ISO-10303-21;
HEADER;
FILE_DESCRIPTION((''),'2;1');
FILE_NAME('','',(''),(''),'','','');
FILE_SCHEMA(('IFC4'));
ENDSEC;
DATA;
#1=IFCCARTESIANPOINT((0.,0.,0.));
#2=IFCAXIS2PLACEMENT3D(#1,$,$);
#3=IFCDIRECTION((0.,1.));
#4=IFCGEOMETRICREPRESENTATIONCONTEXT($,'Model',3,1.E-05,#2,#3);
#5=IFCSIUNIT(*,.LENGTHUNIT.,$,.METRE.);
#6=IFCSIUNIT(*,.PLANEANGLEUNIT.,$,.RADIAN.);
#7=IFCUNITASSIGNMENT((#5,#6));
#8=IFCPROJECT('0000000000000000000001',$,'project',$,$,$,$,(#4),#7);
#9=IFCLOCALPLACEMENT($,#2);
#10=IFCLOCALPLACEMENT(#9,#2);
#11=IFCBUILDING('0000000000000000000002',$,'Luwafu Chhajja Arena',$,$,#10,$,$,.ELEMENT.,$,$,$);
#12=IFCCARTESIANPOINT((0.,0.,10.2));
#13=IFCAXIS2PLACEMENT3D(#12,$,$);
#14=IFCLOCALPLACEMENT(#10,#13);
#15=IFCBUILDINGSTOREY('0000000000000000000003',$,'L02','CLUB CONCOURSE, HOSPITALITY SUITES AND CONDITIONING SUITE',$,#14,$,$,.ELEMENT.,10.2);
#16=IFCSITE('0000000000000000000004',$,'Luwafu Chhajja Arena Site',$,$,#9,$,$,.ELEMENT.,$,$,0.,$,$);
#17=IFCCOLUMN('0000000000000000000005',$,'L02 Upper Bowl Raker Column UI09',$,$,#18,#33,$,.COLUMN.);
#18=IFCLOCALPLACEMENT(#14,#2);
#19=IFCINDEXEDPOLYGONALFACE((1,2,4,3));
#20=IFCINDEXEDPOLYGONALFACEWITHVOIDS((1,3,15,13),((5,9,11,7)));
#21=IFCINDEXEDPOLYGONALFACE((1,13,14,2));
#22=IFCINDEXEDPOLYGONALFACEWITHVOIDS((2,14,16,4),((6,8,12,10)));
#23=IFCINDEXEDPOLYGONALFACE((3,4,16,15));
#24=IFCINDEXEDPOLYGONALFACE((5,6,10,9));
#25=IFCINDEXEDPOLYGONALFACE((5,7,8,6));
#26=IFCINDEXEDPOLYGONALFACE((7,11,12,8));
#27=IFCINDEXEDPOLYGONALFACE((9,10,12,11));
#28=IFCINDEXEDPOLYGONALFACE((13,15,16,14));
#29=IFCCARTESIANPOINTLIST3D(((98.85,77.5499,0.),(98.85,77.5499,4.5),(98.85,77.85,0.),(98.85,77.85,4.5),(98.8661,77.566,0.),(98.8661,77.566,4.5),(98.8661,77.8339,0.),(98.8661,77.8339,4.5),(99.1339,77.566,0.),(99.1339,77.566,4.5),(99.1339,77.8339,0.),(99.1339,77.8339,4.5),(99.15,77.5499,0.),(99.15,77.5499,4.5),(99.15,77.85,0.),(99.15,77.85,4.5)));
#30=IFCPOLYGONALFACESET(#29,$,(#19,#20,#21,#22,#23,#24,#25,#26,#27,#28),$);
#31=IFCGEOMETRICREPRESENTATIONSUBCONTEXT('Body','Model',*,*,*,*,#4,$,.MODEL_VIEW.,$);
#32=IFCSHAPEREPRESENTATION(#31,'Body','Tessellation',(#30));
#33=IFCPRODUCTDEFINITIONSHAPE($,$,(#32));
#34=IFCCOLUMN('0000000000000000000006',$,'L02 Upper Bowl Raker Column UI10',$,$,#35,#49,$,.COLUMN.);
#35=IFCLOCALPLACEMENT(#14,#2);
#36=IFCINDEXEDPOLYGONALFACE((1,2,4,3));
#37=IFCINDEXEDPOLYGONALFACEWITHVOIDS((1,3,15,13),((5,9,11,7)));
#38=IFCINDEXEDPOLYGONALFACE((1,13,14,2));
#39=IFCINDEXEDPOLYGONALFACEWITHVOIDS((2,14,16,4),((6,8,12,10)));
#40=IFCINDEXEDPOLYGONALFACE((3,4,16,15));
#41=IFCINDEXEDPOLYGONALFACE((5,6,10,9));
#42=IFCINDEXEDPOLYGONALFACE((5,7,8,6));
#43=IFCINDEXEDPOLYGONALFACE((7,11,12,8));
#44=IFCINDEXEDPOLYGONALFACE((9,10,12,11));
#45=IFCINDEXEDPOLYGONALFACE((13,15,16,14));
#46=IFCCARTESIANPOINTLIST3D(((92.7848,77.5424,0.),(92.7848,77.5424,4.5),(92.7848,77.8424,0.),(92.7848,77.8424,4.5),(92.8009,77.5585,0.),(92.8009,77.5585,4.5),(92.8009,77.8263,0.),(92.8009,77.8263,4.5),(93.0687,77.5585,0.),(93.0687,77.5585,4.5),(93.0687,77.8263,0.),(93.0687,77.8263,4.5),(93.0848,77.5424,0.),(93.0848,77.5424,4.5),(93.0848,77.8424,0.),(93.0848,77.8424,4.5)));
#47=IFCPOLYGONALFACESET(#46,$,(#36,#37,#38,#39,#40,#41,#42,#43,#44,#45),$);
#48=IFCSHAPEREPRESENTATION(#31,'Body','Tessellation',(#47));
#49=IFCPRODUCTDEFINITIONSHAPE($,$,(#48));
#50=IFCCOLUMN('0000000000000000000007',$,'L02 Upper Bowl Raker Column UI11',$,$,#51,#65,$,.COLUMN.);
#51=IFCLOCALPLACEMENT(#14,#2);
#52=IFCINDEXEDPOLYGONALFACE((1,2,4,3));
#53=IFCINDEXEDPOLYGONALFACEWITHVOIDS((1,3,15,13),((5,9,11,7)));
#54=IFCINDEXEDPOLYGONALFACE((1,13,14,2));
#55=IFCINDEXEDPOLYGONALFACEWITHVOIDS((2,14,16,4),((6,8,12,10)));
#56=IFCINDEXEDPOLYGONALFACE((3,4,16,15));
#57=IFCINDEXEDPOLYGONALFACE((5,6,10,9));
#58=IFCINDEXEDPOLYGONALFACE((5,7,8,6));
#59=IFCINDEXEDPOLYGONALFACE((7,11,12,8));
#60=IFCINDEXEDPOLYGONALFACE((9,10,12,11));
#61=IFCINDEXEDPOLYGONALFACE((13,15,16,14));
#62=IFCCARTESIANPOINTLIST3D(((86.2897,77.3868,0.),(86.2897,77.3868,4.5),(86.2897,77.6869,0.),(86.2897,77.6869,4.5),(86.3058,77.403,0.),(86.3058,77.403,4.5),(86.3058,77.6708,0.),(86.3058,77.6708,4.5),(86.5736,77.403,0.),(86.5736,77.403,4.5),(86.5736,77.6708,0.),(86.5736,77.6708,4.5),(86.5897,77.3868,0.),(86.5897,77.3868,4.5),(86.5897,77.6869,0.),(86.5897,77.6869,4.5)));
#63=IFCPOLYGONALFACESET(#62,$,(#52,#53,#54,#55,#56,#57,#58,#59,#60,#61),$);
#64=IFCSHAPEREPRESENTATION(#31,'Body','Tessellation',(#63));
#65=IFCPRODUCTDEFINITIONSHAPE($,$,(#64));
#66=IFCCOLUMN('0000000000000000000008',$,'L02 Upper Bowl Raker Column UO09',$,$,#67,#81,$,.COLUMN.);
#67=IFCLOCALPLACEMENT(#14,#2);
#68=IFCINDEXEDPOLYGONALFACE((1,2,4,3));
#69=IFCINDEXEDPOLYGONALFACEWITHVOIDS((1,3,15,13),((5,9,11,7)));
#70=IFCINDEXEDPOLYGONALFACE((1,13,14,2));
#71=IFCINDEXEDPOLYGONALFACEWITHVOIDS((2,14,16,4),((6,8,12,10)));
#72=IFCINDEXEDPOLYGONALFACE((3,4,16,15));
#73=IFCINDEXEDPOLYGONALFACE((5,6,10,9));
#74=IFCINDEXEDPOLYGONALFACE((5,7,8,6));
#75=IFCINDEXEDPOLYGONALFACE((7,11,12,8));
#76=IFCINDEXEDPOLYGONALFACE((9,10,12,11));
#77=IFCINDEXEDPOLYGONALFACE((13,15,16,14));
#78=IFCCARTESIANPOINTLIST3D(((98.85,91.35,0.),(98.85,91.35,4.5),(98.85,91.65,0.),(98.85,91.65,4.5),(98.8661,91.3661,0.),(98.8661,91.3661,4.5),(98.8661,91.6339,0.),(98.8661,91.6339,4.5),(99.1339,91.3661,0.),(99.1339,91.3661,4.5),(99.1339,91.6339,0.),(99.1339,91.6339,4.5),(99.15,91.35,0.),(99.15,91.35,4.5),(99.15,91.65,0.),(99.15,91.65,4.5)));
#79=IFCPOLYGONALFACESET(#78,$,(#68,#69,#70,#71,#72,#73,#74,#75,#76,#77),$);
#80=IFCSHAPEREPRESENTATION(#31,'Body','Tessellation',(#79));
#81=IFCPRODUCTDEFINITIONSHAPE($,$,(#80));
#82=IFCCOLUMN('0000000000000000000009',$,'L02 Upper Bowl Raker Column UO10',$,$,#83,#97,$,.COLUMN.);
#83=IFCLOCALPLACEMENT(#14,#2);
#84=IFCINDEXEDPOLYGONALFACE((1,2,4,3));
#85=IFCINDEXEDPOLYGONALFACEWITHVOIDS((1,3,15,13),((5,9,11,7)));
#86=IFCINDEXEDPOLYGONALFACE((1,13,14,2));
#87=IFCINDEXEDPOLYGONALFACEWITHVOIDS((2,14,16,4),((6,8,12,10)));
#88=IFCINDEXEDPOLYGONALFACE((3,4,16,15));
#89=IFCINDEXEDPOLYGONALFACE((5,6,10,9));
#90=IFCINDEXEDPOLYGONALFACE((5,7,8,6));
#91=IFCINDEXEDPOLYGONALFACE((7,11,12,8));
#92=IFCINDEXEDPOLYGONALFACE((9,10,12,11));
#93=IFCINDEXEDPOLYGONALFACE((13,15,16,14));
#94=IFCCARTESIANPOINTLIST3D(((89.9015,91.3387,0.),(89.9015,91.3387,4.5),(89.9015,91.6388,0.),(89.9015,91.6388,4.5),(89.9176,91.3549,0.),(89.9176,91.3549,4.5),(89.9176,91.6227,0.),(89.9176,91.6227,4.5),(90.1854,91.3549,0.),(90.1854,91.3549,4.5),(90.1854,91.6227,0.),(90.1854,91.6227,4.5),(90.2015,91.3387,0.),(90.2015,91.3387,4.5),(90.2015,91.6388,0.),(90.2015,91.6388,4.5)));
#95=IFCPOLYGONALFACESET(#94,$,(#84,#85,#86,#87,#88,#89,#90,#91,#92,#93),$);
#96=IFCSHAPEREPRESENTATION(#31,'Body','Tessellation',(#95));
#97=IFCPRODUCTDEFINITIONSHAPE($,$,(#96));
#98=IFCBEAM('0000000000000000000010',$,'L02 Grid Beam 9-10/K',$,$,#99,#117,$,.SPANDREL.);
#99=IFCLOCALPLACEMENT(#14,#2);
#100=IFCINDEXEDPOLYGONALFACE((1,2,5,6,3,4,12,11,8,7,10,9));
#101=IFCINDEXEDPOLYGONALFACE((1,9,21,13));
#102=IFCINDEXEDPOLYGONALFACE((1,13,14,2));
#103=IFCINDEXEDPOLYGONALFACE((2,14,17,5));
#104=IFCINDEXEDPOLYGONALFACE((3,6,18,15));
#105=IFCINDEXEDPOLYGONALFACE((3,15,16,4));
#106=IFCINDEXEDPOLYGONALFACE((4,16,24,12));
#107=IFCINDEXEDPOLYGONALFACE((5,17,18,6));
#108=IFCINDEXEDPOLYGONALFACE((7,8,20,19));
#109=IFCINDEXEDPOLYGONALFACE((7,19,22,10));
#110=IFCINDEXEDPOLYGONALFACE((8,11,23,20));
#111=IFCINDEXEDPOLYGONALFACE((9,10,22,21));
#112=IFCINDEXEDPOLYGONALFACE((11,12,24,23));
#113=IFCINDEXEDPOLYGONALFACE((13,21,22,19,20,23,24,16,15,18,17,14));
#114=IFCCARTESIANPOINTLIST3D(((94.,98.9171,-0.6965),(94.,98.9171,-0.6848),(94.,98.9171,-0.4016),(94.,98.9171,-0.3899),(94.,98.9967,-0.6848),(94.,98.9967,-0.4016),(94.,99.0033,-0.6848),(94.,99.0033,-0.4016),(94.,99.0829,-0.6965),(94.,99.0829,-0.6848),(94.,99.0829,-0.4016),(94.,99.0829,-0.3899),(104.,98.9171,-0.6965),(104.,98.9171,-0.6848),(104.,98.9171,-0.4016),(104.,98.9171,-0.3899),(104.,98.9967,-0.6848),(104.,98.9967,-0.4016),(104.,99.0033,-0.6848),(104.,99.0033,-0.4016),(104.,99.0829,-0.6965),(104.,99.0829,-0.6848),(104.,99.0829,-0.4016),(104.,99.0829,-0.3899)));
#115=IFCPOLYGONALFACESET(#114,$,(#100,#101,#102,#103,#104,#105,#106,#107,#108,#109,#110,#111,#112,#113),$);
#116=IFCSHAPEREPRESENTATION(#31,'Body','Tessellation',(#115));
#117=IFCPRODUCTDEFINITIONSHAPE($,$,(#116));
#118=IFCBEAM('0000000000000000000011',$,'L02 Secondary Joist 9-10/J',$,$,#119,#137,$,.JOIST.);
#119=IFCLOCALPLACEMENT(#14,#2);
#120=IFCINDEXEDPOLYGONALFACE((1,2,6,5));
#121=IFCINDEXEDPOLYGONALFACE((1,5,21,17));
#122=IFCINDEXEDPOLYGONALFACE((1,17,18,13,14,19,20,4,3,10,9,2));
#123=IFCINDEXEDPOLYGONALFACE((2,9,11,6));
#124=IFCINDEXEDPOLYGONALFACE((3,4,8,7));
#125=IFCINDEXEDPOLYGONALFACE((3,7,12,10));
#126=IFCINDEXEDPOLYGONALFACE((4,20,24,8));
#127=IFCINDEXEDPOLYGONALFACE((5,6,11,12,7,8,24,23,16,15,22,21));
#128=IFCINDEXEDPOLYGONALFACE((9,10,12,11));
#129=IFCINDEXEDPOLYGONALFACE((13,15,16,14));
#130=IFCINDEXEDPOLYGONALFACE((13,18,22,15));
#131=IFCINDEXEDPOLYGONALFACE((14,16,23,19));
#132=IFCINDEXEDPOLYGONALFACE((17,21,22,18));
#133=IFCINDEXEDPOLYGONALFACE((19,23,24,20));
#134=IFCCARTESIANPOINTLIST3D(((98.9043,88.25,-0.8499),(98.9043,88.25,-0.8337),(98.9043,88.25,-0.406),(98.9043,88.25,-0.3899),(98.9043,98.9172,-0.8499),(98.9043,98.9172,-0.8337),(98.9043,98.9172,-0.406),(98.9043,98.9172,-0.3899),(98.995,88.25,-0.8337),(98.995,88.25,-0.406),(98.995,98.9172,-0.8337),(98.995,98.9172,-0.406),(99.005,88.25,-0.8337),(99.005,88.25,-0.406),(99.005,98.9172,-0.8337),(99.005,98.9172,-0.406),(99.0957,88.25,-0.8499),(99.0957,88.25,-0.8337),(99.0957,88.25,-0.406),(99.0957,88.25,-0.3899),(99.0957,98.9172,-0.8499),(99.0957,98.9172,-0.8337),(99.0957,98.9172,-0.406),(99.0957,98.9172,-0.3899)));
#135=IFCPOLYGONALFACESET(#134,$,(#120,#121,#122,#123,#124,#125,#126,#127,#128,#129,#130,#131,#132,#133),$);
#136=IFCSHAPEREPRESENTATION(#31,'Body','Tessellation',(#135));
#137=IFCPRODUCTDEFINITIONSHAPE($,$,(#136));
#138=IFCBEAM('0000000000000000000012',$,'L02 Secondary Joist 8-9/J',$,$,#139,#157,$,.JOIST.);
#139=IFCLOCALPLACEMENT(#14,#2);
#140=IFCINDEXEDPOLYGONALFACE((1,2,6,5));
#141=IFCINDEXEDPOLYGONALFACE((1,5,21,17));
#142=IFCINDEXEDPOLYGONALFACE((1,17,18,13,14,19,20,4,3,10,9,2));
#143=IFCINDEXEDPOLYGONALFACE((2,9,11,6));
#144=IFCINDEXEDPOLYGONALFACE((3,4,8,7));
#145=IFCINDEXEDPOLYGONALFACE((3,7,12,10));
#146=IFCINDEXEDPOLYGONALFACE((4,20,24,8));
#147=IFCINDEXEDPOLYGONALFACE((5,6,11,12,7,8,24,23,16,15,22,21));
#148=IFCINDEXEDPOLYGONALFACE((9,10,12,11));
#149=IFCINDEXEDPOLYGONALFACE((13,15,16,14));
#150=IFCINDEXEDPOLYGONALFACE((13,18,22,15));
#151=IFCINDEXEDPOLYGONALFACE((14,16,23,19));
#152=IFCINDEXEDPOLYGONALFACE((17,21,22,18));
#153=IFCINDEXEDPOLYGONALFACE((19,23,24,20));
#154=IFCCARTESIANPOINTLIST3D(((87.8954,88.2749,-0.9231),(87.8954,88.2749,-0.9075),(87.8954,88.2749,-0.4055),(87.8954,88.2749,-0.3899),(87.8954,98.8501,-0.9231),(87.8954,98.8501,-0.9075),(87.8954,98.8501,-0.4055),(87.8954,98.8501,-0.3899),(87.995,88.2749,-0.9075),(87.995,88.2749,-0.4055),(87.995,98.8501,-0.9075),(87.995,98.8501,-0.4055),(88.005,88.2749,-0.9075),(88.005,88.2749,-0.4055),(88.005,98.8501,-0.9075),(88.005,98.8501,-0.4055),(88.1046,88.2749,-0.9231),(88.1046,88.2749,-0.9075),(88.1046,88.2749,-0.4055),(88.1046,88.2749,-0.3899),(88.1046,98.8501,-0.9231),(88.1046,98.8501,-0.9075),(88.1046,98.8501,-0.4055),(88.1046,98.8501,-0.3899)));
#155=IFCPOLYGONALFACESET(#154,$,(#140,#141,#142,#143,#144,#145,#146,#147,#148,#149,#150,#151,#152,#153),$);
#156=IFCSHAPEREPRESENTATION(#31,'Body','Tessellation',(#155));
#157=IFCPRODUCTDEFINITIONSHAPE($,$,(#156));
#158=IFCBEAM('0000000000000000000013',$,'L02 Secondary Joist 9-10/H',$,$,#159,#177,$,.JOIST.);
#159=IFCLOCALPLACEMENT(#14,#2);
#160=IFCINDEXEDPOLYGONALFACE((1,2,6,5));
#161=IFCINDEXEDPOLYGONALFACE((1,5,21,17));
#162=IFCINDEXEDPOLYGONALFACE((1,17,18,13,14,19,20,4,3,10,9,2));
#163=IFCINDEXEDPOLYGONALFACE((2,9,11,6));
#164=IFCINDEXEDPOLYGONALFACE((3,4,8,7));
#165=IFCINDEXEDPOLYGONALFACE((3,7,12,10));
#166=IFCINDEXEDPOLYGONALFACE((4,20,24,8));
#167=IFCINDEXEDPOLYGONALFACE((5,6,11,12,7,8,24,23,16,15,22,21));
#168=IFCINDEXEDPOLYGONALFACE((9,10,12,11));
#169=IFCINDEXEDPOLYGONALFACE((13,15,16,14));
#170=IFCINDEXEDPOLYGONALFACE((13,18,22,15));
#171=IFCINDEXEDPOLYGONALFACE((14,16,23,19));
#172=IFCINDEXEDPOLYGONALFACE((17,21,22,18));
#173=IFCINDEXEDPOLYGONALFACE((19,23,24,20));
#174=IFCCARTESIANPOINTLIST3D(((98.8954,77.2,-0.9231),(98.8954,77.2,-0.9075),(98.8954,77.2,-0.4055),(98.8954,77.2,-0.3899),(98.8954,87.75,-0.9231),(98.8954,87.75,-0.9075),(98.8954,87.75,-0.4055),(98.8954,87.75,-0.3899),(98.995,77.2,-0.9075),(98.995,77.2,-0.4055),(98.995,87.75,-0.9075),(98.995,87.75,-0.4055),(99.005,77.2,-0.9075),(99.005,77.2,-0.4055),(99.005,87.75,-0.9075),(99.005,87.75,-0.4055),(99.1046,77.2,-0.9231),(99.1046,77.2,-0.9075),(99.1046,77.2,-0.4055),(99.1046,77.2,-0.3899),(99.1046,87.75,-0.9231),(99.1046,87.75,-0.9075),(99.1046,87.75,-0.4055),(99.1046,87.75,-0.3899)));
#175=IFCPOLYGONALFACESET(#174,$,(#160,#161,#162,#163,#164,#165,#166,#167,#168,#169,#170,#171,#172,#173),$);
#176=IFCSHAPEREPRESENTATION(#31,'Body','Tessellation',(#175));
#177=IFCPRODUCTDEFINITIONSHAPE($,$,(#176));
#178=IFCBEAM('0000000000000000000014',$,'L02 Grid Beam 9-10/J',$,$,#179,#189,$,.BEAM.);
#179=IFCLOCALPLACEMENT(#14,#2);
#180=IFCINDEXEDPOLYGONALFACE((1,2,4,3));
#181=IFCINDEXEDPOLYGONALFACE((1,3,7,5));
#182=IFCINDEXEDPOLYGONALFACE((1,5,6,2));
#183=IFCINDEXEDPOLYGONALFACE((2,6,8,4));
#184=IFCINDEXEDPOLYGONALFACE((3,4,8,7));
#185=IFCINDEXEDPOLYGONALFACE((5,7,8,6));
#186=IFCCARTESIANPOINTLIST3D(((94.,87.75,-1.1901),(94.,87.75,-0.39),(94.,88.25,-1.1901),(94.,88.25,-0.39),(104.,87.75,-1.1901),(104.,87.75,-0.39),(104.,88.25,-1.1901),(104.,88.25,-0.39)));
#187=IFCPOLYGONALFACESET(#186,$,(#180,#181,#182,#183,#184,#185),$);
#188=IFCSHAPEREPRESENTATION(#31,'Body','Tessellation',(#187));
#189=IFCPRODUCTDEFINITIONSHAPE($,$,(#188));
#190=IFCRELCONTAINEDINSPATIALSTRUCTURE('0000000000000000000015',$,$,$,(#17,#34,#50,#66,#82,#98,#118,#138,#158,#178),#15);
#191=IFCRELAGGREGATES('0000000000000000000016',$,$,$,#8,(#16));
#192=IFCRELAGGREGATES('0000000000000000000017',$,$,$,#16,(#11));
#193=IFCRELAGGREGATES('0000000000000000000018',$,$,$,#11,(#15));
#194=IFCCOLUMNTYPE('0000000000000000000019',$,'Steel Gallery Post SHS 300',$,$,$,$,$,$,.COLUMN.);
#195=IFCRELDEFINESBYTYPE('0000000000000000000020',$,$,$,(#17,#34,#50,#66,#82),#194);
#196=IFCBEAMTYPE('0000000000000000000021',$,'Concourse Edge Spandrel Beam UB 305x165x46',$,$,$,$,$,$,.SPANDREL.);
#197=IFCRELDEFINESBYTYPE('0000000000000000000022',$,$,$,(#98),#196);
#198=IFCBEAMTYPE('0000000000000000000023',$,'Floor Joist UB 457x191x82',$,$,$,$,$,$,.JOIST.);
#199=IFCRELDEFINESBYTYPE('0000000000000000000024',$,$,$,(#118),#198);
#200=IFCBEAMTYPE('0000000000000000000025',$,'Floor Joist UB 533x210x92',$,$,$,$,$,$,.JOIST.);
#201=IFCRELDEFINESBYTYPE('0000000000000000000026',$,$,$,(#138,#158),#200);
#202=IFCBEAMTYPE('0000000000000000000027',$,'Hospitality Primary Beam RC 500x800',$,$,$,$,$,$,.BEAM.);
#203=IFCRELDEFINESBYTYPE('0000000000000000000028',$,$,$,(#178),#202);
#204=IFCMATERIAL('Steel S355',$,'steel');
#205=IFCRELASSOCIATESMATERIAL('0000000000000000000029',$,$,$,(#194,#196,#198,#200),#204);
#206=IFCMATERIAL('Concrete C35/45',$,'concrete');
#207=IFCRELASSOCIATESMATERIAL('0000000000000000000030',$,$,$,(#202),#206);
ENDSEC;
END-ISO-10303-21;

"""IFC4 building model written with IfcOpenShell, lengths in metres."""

from ifc_helpers import new_model, si_unit, direction, frame, origin, origin_2d, place, context, subcontext, project, spatial, rectangle, hollow_rectangle, i_section, extrude, material, material_profile, profile_set, type_object, element, save


model = new_model("IFC4")

# Units and contexts
model_context = context("Model", 3, precision=1e-05, world=origin(), true_north=direction((0.0, 1.0)))
body_context = subcontext(model_context, "Body", "Model", "MODEL_VIEW")
ifc_project = project(units=[si_unit("LENGTHUNIT", "METRE"), si_unit("PLANEANGLEUNIT", "RADIAN")], contexts=[model_context])

# Site, building, storey
site_placement = place(None, origin())
site = spatial("IfcSite", under=ifc_project, at=site_placement, Name="Luwafu Chhajja Arena Site", CompositionType="ELEMENT", RefElevation=0.0)
building_placement = place(site_placement, origin())
building = spatial("IfcBuilding", under=site, at=building_placement, Name="Luwafu Chhajja Arena", CompositionType="ELEMENT")
storey_placement = place(building_placement, frame((0.0, 0.0, 10.2)))
storey = spatial("IfcBuildingStorey", under=building, at=storey_placement, Name="L02", Description="CLUB CONCOURSE, HOSPITALITY SUITES AND CONDITIONING SUITE", CompositionType="ELEMENT", Elevation=10.2)

# Columns
ifc_material_1 = material(Name="Concrete C35/45", Category="concrete")
ifc_material_2 = material(Name="Steel S355", Category="steel")
ifc_material_profile_1 = material_profile(ifc_material_2, hollow_rectangle(XDim=0.3, YDim=0.3, WallThickness=0.0161, at=origin_2d()), Name="SHS 300x300x16")
ifc_profile_set_1 = profile_set([ifc_material_profile_1], Name="Steel S355")
column_type_1 = type_object("IfcColumnType", Name="Steel Gallery Post SHS 300", PredefinedType="COLUMN", material=ifc_profile_set_1)
for number, where, z_axis, x_axis, name in (
    (1, (99.0, 77.7, 0.0), (0.0, 0.0, 1.0), (1.0, 0.0, 0.0), "L02 Upper Bowl Raker Column UI09"),
    (2, (92.9348, 77.6924, 0.0), (0.0, 0.0, 1.0), (1.0, 0.0, 0.0), "L02 Upper Bowl Raker Column UI10"),
    (3, (86.4397, 77.5369, 0.0), (0.0, 0.0, 1.0), (1.0, 0.0, 0.0), "L02 Upper Bowl Raker Column UI11"),
    (4, (99.0, 91.5, 0.0), (0.0, 0.0, 1.0), (1.0, 0.0, 0.0), "L02 Upper Bowl Raker Column UO09"),
    (5, (90.0515, 91.4888, 0.0), (0.0, 0.0, 1.0), (1.0, 0.0, 0.0), "L02 Upper Bowl Raker Column UO10"),
):
    element("IfcColumn", number, at=place(storey_placement, frame(where, z_axis=z_axis, x_axis=x_axis)), inside=storey, type_object=column_type_1, Name=name, PredefinedType="COLUMN", context=body_context, shape_type="SweptSolid", body=[
        extrude(hollow_rectangle(XDim=0.3, YDim=0.3, WallThickness=0.0161, at=origin_2d()), origin(), (0.0, 0.0, 1.0), 4.5),
    ])

# Beams
ifc_material_profile_2 = material_profile(ifc_material_2, i_section(OverallWidth=0.1658, OverallDepth=0.3066, WebThickness=0.0066, FlangeThickness=0.0117, at=origin_2d()), Name="UB 305x165x46")
ifc_profile_set_2 = profile_set([ifc_material_profile_2], Name="Steel S355")
beam_type_1 = type_object("IfcBeamType", Name="Concourse Edge Spandrel Beam UB 305x165x46", PredefinedType="SPANDREL", material=ifc_profile_set_2)
beam_1_placement = place(storey_placement, frame((94.0, 99.0, -0.5432), z_axis=(1.0, 0.0, 0.0), x_axis=(0.0, 1.0, 0.0)))
element("IfcBeam", 6, at=beam_1_placement, inside=storey, type_object=beam_type_1, Name="L02 Grid Beam 9-10/K", PredefinedType="SPANDREL", context=body_context, shape_type="SweptSolid", body=[
    extrude(i_section(OverallWidth=0.1658, OverallDepth=0.3066, WebThickness=0.0066, FlangeThickness=0.0117, at=origin_2d()), origin(), (0.0, 0.0, 1.0), 10.0),
])
ifc_material_profile_3 = material_profile(ifc_material_2, i_section(OverallWidth=0.1914, OverallDepth=0.46, WebThickness=0.01, FlangeThickness=0.0161, at=origin_2d()), Name="UB 457x191x82")
ifc_profile_set_3 = profile_set([ifc_material_profile_3], Name="Steel S355")
beam_type_2 = type_object("IfcBeamType", Name="Floor Joist UB 457x191x82", PredefinedType="JOIST", material=ifc_profile_set_3)
beam_2_placement = place(storey_placement, frame((99.0, 88.25, -0.6199), z_axis=(0.0, 1.0, 0.0), x_axis=(-1.0, 0.0, 0.0)))
element("IfcBeam", 7, at=beam_2_placement, inside=storey, type_object=beam_type_2, Name="L02 Secondary Joist 9-10/J", PredefinedType="JOIST", context=body_context, shape_type="SweptSolid", body=[
    extrude(i_section(OverallWidth=0.1914, OverallDepth=0.46, WebThickness=0.01, FlangeThickness=0.0161, at=origin_2d()), origin(), (0.0, 0.0, 1.0), 10.6672),
])
ifc_material_profile_4 = material_profile(ifc_material_2, i_section(OverallWidth=0.2092, OverallDepth=0.5332, WebThickness=0.01, FlangeThickness=0.0156, at=origin_2d()), Name="UB 533x210x92")
ifc_profile_set_4 = profile_set([ifc_material_profile_4], Name="Steel S355")
beam_type_3 = type_object("IfcBeamType", Name="Floor Joist UB 533x210x92", PredefinedType="JOIST", material=ifc_profile_set_4)
beam_3_placement = place(storey_placement, frame((88.0, 88.2749, -0.6565), z_axis=(0.0, 1.0, 0.0), x_axis=(-1.0, 0.0, 0.0)))
element("IfcBeam", 8, at=beam_3_placement, inside=storey, type_object=beam_type_3, Name="L02 Secondary Joist 8-9/J", PredefinedType="JOIST", context=body_context, shape_type="SweptSolid", body=[
    extrude(i_section(OverallWidth=0.2092, OverallDepth=0.5332, WebThickness=0.01, FlangeThickness=0.0156, at=origin_2d()), origin(), (0.0, 0.0, 1.0), 10.5752),
])
beam_4_placement = place(storey_placement, frame((99.0, 77.2, -0.6565), z_axis=(0.0, 1.0, 0.0), x_axis=(-1.0, 0.0, 0.0)))
element("IfcBeam", 9, at=beam_4_placement, inside=storey, type_object=beam_type_3, Name="L02 Secondary Joist 9-10/H", PredefinedType="JOIST", context=body_context, shape_type="SweptSolid", body=[
    extrude(i_section(OverallWidth=0.2092, OverallDepth=0.5332, WebThickness=0.01, FlangeThickness=0.0156, at=origin_2d()), origin(), (0.0, 0.0, 1.0), 10.55),
])
ifc_material_profile_5 = material_profile(ifc_material_1, rectangle(XDim=0.5, YDim=0.8, at=origin_2d()), Name="RC 500x800")
ifc_profile_set_5 = profile_set([ifc_material_profile_5], Name="Concrete C35/45")
beam_type_4 = type_object("IfcBeamType", Name="Hospitality Primary Beam RC 500x800", PredefinedType="BEAM", material=ifc_profile_set_5)
beam_5_placement = place(storey_placement, frame((94.0, 88.0, -0.79), z_axis=(1.0, 0.0, 0.0), x_axis=(0.0, 1.0, 0.0)))
element("IfcBeam", 10, at=beam_5_placement, inside=storey, type_object=beam_type_4, Name="L02 Grid Beam 9-10/J", PredefinedType="BEAM", context=body_context, shape_type="SweptSolid", body=[
    extrude(rectangle(XDim=0.5, YDim=0.8, at=origin_2d()), origin(), (0.0, 0.0, 1.0), 10.0),
])

save(model, "model.ifc")
